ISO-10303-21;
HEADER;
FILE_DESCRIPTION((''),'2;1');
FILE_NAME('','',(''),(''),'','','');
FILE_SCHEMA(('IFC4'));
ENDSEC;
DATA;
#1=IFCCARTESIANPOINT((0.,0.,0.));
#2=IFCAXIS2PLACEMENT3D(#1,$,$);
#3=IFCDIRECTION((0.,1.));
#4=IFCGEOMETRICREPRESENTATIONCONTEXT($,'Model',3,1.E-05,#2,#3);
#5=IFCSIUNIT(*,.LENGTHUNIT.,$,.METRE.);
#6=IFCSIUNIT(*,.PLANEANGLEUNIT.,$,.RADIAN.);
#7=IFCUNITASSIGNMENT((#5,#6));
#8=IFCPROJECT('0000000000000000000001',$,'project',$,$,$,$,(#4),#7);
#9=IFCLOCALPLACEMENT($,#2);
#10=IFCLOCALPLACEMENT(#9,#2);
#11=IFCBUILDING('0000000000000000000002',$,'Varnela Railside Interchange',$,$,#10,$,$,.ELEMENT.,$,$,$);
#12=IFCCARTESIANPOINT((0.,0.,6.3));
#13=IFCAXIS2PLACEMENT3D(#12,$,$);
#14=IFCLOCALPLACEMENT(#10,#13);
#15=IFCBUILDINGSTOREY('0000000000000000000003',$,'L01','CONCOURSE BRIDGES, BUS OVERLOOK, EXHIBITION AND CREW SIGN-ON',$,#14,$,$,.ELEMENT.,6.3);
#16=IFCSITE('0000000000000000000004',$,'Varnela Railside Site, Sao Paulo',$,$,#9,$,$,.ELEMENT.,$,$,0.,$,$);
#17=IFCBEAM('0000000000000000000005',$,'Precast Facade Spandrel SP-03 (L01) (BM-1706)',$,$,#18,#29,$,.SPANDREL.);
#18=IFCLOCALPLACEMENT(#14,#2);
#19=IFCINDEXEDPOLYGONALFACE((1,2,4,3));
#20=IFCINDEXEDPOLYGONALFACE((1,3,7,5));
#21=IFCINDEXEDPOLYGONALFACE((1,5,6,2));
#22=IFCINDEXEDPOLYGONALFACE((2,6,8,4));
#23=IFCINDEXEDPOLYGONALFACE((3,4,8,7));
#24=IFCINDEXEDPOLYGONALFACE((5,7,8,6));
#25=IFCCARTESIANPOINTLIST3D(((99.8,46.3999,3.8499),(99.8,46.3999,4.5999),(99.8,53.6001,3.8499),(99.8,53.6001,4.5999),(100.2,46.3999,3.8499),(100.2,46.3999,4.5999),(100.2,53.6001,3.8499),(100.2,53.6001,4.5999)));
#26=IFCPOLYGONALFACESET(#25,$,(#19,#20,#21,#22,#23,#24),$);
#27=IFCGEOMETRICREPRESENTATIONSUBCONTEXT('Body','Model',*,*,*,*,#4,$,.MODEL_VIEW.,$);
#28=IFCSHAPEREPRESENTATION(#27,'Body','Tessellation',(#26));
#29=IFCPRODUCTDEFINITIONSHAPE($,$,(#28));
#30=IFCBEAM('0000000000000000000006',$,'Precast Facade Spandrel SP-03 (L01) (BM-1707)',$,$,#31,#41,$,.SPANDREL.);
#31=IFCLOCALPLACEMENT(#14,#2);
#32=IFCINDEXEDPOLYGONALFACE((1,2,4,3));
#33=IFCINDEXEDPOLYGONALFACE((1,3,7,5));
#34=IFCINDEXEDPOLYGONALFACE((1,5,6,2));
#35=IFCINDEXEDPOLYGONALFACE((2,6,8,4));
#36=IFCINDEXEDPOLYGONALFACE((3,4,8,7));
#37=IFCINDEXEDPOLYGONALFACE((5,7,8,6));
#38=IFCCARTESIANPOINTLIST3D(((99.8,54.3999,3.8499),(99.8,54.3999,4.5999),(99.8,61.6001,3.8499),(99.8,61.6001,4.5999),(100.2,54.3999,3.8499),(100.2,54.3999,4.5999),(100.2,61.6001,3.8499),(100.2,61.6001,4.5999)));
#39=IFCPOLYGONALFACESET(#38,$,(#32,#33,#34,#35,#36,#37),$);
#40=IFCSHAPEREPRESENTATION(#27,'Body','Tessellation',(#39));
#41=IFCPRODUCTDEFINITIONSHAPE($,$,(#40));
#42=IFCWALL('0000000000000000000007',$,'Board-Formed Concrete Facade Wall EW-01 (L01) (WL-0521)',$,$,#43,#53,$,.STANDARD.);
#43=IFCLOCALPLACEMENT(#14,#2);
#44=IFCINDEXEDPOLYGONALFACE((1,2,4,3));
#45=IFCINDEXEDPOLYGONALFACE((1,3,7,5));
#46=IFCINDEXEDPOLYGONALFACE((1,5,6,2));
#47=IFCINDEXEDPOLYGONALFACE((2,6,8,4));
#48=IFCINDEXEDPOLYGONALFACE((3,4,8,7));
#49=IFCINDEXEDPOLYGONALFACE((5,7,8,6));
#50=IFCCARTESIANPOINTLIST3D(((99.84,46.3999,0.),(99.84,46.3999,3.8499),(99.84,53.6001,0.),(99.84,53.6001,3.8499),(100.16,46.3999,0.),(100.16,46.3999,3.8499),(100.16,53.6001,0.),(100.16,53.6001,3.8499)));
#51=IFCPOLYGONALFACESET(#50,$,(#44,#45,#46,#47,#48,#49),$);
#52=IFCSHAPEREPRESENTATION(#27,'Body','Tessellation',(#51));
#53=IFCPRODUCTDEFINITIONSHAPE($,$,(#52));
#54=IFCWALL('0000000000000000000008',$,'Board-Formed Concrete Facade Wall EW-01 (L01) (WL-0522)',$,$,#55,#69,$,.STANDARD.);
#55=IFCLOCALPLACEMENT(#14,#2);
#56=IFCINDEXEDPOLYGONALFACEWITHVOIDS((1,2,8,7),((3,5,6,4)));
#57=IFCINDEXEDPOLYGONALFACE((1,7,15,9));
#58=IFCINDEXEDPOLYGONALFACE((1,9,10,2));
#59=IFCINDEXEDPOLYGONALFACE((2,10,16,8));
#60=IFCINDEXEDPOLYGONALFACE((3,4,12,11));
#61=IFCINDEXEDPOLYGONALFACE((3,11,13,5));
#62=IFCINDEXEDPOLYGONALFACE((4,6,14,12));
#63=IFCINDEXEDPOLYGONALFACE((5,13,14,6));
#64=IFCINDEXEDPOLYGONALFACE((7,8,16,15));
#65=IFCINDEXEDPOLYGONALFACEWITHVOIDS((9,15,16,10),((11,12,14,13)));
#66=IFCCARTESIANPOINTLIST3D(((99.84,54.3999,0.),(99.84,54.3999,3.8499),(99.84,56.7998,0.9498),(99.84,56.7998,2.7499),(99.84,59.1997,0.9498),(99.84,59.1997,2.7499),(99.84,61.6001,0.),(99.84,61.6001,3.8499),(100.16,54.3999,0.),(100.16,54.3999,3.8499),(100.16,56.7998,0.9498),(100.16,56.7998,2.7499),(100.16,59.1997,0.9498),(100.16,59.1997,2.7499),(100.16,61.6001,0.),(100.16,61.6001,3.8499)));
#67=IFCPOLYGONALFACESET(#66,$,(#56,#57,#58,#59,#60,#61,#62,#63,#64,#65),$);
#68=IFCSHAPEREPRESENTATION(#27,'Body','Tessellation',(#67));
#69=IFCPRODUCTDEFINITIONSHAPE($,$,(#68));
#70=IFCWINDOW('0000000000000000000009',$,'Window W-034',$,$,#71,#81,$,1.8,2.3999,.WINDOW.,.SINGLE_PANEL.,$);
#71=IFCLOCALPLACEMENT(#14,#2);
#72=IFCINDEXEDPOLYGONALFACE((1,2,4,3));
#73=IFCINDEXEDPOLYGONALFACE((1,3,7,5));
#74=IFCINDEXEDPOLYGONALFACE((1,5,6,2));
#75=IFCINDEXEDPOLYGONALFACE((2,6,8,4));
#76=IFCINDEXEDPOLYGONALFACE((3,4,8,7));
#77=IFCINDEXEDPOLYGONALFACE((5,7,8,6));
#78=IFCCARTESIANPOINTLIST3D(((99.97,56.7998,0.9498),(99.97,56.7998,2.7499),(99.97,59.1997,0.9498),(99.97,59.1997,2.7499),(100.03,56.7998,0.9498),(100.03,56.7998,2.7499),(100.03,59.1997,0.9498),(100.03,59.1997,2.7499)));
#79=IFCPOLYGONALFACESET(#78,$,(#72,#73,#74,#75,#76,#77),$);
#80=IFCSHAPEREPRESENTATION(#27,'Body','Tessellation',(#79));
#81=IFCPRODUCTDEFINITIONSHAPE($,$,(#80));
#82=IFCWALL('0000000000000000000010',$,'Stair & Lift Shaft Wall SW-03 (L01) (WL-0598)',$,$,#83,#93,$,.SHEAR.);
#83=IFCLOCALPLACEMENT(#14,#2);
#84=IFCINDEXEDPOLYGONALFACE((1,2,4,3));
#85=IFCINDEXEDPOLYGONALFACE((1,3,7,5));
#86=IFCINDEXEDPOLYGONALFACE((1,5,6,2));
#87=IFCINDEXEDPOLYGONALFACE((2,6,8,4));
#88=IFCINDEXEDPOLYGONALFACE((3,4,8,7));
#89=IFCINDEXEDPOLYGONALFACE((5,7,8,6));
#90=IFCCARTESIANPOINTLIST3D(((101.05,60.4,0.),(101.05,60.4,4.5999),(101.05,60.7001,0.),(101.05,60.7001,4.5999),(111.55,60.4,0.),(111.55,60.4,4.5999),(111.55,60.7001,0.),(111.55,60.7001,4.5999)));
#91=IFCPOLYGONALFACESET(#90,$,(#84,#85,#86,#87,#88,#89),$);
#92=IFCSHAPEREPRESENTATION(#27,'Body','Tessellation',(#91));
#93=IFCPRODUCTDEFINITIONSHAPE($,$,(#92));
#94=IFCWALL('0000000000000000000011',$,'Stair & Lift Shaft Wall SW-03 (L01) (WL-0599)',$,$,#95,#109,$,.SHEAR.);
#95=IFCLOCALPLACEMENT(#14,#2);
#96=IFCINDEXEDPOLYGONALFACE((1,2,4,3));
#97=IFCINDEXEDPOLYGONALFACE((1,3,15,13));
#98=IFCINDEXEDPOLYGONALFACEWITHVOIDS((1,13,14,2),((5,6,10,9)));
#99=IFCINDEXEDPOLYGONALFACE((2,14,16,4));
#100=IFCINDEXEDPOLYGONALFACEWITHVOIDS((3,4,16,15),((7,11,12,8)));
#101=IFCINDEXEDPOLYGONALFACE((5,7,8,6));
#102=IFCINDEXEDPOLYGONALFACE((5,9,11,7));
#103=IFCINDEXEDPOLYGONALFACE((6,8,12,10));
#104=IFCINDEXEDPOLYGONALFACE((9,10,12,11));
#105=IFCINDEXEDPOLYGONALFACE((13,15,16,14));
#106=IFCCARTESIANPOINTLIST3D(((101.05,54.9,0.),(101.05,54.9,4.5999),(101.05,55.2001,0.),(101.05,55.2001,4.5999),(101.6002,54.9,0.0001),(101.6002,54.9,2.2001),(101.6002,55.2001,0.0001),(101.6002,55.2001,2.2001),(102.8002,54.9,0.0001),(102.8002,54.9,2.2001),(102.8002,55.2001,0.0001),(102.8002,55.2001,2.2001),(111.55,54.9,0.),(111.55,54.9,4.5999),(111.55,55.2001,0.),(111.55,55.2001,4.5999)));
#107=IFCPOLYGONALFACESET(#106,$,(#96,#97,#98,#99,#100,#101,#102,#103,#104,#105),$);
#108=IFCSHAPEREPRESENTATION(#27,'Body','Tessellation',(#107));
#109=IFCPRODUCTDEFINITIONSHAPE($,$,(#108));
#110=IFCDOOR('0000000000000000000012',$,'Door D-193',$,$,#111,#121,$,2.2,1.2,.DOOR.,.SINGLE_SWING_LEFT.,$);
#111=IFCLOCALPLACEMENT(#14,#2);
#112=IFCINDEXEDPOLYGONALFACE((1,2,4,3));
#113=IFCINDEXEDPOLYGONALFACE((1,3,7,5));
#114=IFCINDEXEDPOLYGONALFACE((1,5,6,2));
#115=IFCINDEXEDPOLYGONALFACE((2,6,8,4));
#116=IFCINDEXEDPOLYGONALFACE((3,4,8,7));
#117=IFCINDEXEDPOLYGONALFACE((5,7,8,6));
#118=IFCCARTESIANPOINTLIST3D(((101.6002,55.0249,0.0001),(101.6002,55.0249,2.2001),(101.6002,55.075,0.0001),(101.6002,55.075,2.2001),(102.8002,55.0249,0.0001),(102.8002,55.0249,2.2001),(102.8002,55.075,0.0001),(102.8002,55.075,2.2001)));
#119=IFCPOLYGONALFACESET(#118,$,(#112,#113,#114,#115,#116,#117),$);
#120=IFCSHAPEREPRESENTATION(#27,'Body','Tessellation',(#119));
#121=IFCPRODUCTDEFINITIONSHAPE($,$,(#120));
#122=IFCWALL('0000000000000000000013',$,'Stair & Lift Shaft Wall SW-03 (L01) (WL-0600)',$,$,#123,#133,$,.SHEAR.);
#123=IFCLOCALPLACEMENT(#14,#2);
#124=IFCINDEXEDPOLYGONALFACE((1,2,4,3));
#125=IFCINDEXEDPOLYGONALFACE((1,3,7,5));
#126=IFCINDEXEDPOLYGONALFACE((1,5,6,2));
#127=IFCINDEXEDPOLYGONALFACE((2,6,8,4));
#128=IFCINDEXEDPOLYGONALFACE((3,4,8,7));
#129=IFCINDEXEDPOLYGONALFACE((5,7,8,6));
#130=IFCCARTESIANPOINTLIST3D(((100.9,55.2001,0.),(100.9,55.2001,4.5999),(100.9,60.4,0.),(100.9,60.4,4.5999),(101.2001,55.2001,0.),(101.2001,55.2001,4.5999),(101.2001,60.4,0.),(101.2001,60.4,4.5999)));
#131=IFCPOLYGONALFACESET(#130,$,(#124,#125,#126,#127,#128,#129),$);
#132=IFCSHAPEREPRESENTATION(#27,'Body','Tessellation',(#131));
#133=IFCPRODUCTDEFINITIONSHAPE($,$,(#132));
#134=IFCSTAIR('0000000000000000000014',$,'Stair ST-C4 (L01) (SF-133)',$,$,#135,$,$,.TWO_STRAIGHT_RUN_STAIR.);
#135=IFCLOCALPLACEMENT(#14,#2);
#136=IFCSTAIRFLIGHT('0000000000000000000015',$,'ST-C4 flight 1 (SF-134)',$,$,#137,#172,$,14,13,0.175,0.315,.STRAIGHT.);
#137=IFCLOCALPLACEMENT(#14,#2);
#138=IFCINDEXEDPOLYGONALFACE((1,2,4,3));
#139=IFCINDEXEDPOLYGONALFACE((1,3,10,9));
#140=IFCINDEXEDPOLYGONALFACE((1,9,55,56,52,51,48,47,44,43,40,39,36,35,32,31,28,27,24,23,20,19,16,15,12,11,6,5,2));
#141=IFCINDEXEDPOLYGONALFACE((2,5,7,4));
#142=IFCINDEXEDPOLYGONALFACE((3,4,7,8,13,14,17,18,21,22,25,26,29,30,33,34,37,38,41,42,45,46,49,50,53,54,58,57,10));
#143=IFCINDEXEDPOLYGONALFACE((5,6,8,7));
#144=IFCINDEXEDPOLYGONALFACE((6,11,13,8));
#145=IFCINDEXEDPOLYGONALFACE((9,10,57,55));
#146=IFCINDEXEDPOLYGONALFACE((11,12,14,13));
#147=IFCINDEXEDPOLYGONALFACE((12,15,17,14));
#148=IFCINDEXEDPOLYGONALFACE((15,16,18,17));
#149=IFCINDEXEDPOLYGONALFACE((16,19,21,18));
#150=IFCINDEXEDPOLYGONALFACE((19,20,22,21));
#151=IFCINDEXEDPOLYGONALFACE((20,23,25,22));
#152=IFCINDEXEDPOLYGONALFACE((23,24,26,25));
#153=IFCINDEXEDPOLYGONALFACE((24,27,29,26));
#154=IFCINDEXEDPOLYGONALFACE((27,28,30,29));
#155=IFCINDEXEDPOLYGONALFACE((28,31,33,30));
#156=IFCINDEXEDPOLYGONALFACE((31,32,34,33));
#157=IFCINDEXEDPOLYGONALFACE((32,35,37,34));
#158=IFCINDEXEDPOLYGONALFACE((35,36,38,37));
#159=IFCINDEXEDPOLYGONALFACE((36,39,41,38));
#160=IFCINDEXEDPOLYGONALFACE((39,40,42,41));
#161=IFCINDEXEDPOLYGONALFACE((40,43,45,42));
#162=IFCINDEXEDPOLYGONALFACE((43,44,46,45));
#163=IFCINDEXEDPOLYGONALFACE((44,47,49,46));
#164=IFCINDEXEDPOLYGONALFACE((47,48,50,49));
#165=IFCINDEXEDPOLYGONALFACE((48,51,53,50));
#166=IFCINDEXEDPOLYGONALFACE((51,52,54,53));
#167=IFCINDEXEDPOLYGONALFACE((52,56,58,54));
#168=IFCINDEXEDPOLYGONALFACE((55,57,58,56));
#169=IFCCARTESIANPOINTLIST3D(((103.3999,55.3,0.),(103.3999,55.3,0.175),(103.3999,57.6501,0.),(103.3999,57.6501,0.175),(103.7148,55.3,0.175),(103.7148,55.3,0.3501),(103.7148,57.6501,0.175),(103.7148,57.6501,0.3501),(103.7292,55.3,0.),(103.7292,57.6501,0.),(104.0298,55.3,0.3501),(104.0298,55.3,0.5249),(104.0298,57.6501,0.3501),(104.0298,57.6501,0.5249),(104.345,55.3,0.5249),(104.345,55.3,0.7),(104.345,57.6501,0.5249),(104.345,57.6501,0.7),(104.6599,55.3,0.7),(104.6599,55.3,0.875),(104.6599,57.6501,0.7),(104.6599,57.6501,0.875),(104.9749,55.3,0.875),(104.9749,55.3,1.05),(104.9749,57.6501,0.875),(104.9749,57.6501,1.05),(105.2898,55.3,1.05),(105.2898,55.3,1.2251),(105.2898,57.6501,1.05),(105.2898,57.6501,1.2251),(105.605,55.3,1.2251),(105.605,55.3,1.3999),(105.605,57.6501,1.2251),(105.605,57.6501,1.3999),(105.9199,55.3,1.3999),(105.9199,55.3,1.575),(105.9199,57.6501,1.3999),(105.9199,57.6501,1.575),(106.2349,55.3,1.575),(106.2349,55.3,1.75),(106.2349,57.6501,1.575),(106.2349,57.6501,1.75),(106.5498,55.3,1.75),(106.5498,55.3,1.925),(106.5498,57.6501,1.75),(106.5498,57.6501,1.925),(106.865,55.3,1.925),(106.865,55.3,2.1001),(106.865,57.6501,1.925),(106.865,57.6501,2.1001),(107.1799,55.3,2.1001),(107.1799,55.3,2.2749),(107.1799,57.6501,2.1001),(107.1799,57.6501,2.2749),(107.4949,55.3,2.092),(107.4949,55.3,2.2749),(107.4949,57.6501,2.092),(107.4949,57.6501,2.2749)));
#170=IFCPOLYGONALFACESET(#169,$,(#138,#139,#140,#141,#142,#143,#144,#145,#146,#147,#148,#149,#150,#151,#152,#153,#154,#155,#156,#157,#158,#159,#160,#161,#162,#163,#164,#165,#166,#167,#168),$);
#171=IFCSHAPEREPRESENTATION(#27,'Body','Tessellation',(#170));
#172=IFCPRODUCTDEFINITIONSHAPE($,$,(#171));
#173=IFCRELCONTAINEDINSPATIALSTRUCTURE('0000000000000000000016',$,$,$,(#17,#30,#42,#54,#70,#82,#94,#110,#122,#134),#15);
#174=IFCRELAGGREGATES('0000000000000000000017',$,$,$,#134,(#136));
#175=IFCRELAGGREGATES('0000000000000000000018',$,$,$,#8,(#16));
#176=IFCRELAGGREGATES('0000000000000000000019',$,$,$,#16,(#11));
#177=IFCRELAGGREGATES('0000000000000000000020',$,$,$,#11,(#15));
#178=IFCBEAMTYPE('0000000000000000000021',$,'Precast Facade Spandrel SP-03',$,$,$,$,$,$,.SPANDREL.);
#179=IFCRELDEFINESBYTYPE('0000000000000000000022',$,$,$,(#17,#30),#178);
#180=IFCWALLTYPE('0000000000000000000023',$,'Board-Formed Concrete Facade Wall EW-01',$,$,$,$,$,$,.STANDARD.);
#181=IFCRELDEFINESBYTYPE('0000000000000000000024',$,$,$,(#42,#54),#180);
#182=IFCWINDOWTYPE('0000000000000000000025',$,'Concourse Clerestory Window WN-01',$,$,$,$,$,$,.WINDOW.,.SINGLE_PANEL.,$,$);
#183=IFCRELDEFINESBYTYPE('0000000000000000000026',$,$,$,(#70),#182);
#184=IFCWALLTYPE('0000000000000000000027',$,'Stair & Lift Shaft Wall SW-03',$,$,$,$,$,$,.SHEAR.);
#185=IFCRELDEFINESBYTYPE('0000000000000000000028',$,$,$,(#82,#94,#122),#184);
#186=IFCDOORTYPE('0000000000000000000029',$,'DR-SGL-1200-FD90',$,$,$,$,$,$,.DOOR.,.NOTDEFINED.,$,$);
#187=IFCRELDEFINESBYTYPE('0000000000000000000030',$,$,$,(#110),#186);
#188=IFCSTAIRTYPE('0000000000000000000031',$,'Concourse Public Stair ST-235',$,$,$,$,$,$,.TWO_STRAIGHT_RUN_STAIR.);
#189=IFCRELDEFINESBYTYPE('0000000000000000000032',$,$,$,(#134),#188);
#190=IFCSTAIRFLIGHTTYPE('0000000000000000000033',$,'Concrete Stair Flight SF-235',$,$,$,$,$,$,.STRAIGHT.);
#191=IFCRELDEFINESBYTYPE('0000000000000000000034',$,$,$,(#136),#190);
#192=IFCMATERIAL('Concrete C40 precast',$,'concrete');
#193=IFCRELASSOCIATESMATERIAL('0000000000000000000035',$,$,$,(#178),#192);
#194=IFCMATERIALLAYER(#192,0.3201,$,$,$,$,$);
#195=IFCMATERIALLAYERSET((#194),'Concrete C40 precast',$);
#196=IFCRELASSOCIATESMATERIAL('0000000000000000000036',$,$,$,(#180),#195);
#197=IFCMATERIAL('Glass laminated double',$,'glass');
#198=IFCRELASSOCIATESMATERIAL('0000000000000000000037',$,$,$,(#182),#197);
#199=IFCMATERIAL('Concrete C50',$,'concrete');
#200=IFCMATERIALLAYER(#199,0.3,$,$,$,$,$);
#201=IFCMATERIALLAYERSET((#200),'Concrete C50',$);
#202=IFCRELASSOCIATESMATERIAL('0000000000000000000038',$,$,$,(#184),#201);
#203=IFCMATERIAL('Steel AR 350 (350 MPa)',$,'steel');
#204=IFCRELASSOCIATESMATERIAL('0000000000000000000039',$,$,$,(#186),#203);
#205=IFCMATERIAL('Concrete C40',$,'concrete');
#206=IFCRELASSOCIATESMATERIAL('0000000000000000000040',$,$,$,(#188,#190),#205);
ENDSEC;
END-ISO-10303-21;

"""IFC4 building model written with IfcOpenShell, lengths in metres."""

from ifc_helpers import new_model, si_unit, direction, frame, frame_2d, origin, origin_2d, place, context, subcontext, project, spatial, polyline, rectangle, outline, extrude, material, layer, layer_set, material_profile, profile_set, type_object, element, fill, aggregate, save


model = new_model("IFC4")

# Units and contexts
model_context = context("Model", 3, precision=1e-05, world=origin(), true_north=direction((0.0, 1.0)))
body_context = subcontext(model_context, "Body", "Model", "MODEL_VIEW")
ifc_project = project(units=[si_unit("LENGTHUNIT", "METRE"), si_unit("PLANEANGLEUNIT", "RADIAN")], contexts=[model_context])

# Site, building, storey
site_placement = place(None, origin())
site = spatial("IfcSite", under=ifc_project, at=site_placement, Name="Varnela Railside Site, Sao Paulo", CompositionType="ELEMENT", RefElevation=0.0)
building_placement = place(site_placement, origin())
building = spatial("IfcBuilding", under=site, at=building_placement, Name="Varnela Railside Interchange", CompositionType="ELEMENT")
storey_placement = place(building_placement, frame((0.0, 0.0, 6.3)))
storey = spatial("IfcBuildingStorey", under=building, at=storey_placement, Name="L01", Description="CONCOURSE BRIDGES, BUS OVERLOOK, EXHIBITION AND CREW SIGN-ON", CompositionType="ELEMENT", Elevation=6.3)

# Shared definitions
ifc_material_1 = material(Name="Concrete C50", Category="concrete")

# Shared definitions
ifc_material_2 = material(Name="Steel AR 350 (350 MPa)", Category="steel")
ifc_material_3 = material(Name="Concrete C40", Category="concrete")

# Beams
ifc_material_4 = material(Name="Concrete C40 precast", Category="concrete")
ifc_material_profile_1 = material_profile(ifc_material_4, rectangle(XDim=0.3999, YDim=0.75, at=origin_2d()), Name="PC 400x750")
ifc_profile_set_1 = profile_set([ifc_material_profile_1], Name="Concrete C40 precast")
beam_type_1 = type_object("IfcBeamType", Name="Precast Facade Spandrel SP-03", PredefinedType="SPANDREL", material=ifc_profile_set_1)
for number, where, z_axis, x_axis, name in (
    (1, (100.0, 46.3999, 4.2249), (0.0, 1.0, 0.0), (-1.0, 0.0, 0.0), "Precast Facade Spandrel SP-03 (L01) (BM-1706)"),
    (2, (100.0, 54.3999, 4.2249), (0.0, 1.0, 0.0), (-1.0, 0.0, 0.0), "Precast Facade Spandrel SP-03 (L01) (BM-1707)"),
):
    element("IfcBeam", number, at=place(storey_placement, frame(where, z_axis=z_axis, x_axis=x_axis)), inside=storey, type_object=beam_type_1, Name=name, PredefinedType="SPANDREL", context=body_context, shape_type="SweptSolid", body=[
        extrude(rectangle(XDim=0.3999, YDim=0.75, at=origin_2d()), origin(), (0.0, 0.0, 1.0), 7.2002),
    ])

# Wall
ifc_layer_1 = layer(ifc_material_4, 0.3201)
ifc_layer_set_1 = layer_set([ifc_layer_1], Name="Concrete C40 precast")
wall_type_1 = type_object("IfcWallType", Name="Board-Formed Concrete Facade Wall EW-01", PredefinedType="STANDARD", material=ifc_layer_set_1)
wall_1_placement = place(storey_placement, frame((100.0, 46.3999, 0.0), z_axis=(0.0, 0.0, 1.0), x_axis=(0.0, 1.0, 0.0)))
element("IfcWall", 3, at=wall_1_placement, inside=storey, type_object=wall_type_1, Name="Board-Formed Concrete Facade Wall EW-01 (L01) (WL-0521)", PredefinedType="STANDARD", context=body_context, shape_type="SweptSolid", body=[
    extrude(rectangle(XDim=7.2002, YDim=0.3201, at=frame_2d((3.6001, 0.0))), origin(), (0.0, 0.0, 1.0), 3.8499),
])

# Wall, opening, window
wall_2_placement = place(storey_placement, frame((100.0, 54.3999, 0.0), z_axis=(0.0, 0.0, 1.0), x_axis=(0.0, 1.0, 0.0)))
wall_2 = element("IfcWall", 4, at=wall_2_placement, inside=storey, type_object=wall_type_1, Name="Board-Formed Concrete Facade Wall EW-01 (L01) (WL-0522)", PredefinedType="STANDARD", context=body_context, shape_type="SweptSolid", body=[
    extrude(rectangle(XDim=7.2002, YDim=0.3201, at=frame_2d((3.6001, 0.0))), origin(), (0.0, 0.0, 1.0), 3.8499),
])
opening_1_placement = place(wall_2_placement, frame((2.3999, 0.0, 0.95)))
opening_1 = element("IfcOpeningElement", 5, at=opening_1_placement, cuts=wall_2, PredefinedType="OPENING", context=body_context, shape_type="SweptSolid", body=[
    extrude(rectangle(XDim=2.3999, YDim=1.8, at=frame_2d((1.2, 0.8999))), frame((0.0, 0.1699, 0.0), z_axis=(0.0, -1.0, 0.0), x_axis=(1.0, 0.0, 0.0)), (0.0, 0.0, 1.0), 0.3401),
])
ifc_material_5 = material(Name="Glass laminated double", Category="glass")
window_type = type_object("IfcWindowType", Name="Concourse Clerestory Window WN-01", PartitioningType="SINGLE_PANEL", PredefinedType="WINDOW", material=ifc_material_5)
window_placement = place(opening_1_placement, origin())
window = element("IfcWindow", 6, at=window_placement, inside=storey, type_object=window_type, Name="Window W-034", OverallHeight=1.8, OverallWidth=2.3999, PartitioningType="SINGLE_PANEL", PredefinedType="WINDOW", context=body_context, shape_type="SweptSolid", body=[
    extrude(rectangle(XDim=2.3999, YDim=1.8, at=frame_2d((1.2, 0.8999))), frame((0.0, 0.03, 0.0), z_axis=(0.0, -1.0, 0.0), x_axis=(1.0, 0.0, 0.0)), (0.0, 0.0, 1.0), 0.0601),
])
fill(opening_1, window)

# Wall
ifc_layer_2 = layer(ifc_material_1, 0.3)
ifc_layer_set_2 = layer_set([ifc_layer_2], Name="Concrete C50")
wall_type_2 = type_object("IfcWallType", Name="Stair & Lift Shaft Wall SW-03", PredefinedType="SHEAR", material=ifc_layer_set_2)
wall_3_placement = place(storey_placement, frame((101.05, 60.55, 0.0), z_axis=(0.0, 0.0, 1.0), x_axis=(1.0, 0.0, 0.0)))
element("IfcWall", 7, at=wall_3_placement, inside=storey, type_object=wall_type_2, Name="Stair & Lift Shaft Wall SW-03 (L01) (WL-0598)", PredefinedType="SHEAR", context=body_context, shape_type="SweptSolid", body=[
    extrude(rectangle(XDim=10.5, YDim=0.3, at=frame_2d((5.25, 0.0))), origin(), (0.0, 0.0, 1.0), 4.5999),
])

# Wall, opening, door
wall_4_placement = place(storey_placement, frame((101.05, 55.05, 0.0), z_axis=(0.0, 0.0, 1.0), x_axis=(1.0, 0.0, 0.0)))
wall_4 = element("IfcWall", 8, at=wall_4_placement, inside=storey, type_object=wall_type_2, Name="Stair & Lift Shaft Wall SW-03 (L01) (WL-0599)", PredefinedType="SHEAR", context=body_context, shape_type="SweptSolid", body=[
    extrude(rectangle(XDim=10.5, YDim=0.3, at=frame_2d((5.25, 0.0))), origin(), (0.0, 0.0, 1.0), 4.5999),
])
opening_2_placement = place(wall_4_placement, frame((0.55, 0.0, 0.0)))
opening_2 = element("IfcOpeningElement", 9, at=opening_2_placement, cuts=wall_4, PredefinedType="OPENING", context=body_context, shape_type="SweptSolid", body=[
    extrude(rectangle(XDim=1.2, YDim=2.2, at=frame_2d((0.6001, 1.1001))), frame((0.0, 0.1599, 0.0), z_axis=(0.0, -1.0, 0.0), x_axis=(1.0, 0.0, 0.0)), (0.0, 0.0, 1.0), 0.3201),
])
door_type = type_object("IfcDoorType", Name="DR-SGL-1200-FD90", OperationType="NOTDEFINED", PredefinedType="DOOR", material=ifc_material_2)
door_placement = place(opening_2_placement, origin())
door = element("IfcDoor", 10, at=door_placement, inside=storey, type_object=door_type, Name="Door D-193", OperationType="SINGLE_SWING_LEFT", OverallHeight=2.2, OverallWidth=1.2, PredefinedType="DOOR", context=body_context, shape_type="SweptSolid", body=[
    extrude(rectangle(XDim=1.2, YDim=2.2, at=frame_2d((0.6001, 1.1001))), frame((0.0, 0.0249, 0.0), z_axis=(0.0, -1.0, 0.0), x_axis=(1.0, 0.0, 0.0)), (0.0, 0.0, 1.0), 0.05),
])
fill(opening_2, door)

# Wall
wall_5_placement = place(storey_placement, frame((101.05, 55.2, 0.0), z_axis=(0.0, 0.0, 1.0), x_axis=(0.0, 1.0, 0.0)))
element("IfcWall", 11, at=wall_5_placement, inside=storey, type_object=wall_type_2, Name="Stair & Lift Shaft Wall SW-03 (L01) (WL-0600)", PredefinedType="SHEAR", context=body_context, shape_type="SweptSolid", body=[
    extrude(rectangle(XDim=5.2, YDim=0.3, at=frame_2d((2.6001, 0.0))), origin(), (0.0, 0.0, 1.0), 4.5999),
])

# Stair, stair flight
stair_type = type_object("IfcStairType", Name="Concourse Public Stair ST-235", PredefinedType="TWO_STRAIGHT_RUN_STAIR", material=ifc_material_3)
stair_placement = place(storey_placement, origin())
stair = element("IfcStair", 12, at=stair_placement, inside=storey, type_object=stair_type, Name="Stair ST-C4 (L01) (SF-133)", PredefinedType="TWO_STRAIGHT_RUN_STAIR")
stair_flight_type = type_object("IfcStairFlightType", Name="Concrete Stair Flight SF-235", PredefinedType="STRAIGHT", material=ifc_material_3)
stair_flight_1_placement = place(storey_placement, frame((103.3999, 56.4751, 0.0), z_axis=(0.0, 0.0, 1.0), x_axis=(1.0, 0.0, 0.0)))
stair_flight_1 = element("IfcStairFlight", 13, at=stair_flight_1_placement, type_object=stair_flight_type, Name="ST-C4 flight 1 (SF-134)", NumberOfRisers=14, NumberOfTreads=13, PredefinedType="STRAIGHT", RiserHeight=0.175, TreadLength=0.315, context=body_context, shape_type="SweptSolid", body=[
    extrude(outline(polyline([(0.0, 0.0), (0.0, 0.175), (0.3149, 0.175), (0.3149, 0.3501), (0.6299, 0.3501), (0.6299, 0.5249), (0.9451, 0.5249), (0.9451, 0.7), (1.26, 0.7), (1.26, 0.875), (1.575, 0.875), (1.575, 1.05), (1.8899, 1.05), (1.8899, 1.2251), (2.2051, 1.2251), (2.2051, 1.3999), (2.52, 1.3999), (2.52, 1.575), (2.835, 1.575), (2.835, 1.75), (3.1499, 1.75), (3.1499, 1.925), (3.4651, 1.925), (3.4651, 2.1001), (3.78, 2.1001), (3.78, 2.2749), (4.095, 2.2749), (4.095, 2.45), (4.095, 2.092), (0.3293, 0.0), (0.0, 0.0)])), frame((0.0, 1.175, 0.0), z_axis=(0.0, -1.0, 0.0), x_axis=(1.0, 0.0, 0.0)), (0.0, 0.0, 1.0), 2.3501),
])
aggregate(stair, [stair_flight_1])

save(model, "model.ifc")
